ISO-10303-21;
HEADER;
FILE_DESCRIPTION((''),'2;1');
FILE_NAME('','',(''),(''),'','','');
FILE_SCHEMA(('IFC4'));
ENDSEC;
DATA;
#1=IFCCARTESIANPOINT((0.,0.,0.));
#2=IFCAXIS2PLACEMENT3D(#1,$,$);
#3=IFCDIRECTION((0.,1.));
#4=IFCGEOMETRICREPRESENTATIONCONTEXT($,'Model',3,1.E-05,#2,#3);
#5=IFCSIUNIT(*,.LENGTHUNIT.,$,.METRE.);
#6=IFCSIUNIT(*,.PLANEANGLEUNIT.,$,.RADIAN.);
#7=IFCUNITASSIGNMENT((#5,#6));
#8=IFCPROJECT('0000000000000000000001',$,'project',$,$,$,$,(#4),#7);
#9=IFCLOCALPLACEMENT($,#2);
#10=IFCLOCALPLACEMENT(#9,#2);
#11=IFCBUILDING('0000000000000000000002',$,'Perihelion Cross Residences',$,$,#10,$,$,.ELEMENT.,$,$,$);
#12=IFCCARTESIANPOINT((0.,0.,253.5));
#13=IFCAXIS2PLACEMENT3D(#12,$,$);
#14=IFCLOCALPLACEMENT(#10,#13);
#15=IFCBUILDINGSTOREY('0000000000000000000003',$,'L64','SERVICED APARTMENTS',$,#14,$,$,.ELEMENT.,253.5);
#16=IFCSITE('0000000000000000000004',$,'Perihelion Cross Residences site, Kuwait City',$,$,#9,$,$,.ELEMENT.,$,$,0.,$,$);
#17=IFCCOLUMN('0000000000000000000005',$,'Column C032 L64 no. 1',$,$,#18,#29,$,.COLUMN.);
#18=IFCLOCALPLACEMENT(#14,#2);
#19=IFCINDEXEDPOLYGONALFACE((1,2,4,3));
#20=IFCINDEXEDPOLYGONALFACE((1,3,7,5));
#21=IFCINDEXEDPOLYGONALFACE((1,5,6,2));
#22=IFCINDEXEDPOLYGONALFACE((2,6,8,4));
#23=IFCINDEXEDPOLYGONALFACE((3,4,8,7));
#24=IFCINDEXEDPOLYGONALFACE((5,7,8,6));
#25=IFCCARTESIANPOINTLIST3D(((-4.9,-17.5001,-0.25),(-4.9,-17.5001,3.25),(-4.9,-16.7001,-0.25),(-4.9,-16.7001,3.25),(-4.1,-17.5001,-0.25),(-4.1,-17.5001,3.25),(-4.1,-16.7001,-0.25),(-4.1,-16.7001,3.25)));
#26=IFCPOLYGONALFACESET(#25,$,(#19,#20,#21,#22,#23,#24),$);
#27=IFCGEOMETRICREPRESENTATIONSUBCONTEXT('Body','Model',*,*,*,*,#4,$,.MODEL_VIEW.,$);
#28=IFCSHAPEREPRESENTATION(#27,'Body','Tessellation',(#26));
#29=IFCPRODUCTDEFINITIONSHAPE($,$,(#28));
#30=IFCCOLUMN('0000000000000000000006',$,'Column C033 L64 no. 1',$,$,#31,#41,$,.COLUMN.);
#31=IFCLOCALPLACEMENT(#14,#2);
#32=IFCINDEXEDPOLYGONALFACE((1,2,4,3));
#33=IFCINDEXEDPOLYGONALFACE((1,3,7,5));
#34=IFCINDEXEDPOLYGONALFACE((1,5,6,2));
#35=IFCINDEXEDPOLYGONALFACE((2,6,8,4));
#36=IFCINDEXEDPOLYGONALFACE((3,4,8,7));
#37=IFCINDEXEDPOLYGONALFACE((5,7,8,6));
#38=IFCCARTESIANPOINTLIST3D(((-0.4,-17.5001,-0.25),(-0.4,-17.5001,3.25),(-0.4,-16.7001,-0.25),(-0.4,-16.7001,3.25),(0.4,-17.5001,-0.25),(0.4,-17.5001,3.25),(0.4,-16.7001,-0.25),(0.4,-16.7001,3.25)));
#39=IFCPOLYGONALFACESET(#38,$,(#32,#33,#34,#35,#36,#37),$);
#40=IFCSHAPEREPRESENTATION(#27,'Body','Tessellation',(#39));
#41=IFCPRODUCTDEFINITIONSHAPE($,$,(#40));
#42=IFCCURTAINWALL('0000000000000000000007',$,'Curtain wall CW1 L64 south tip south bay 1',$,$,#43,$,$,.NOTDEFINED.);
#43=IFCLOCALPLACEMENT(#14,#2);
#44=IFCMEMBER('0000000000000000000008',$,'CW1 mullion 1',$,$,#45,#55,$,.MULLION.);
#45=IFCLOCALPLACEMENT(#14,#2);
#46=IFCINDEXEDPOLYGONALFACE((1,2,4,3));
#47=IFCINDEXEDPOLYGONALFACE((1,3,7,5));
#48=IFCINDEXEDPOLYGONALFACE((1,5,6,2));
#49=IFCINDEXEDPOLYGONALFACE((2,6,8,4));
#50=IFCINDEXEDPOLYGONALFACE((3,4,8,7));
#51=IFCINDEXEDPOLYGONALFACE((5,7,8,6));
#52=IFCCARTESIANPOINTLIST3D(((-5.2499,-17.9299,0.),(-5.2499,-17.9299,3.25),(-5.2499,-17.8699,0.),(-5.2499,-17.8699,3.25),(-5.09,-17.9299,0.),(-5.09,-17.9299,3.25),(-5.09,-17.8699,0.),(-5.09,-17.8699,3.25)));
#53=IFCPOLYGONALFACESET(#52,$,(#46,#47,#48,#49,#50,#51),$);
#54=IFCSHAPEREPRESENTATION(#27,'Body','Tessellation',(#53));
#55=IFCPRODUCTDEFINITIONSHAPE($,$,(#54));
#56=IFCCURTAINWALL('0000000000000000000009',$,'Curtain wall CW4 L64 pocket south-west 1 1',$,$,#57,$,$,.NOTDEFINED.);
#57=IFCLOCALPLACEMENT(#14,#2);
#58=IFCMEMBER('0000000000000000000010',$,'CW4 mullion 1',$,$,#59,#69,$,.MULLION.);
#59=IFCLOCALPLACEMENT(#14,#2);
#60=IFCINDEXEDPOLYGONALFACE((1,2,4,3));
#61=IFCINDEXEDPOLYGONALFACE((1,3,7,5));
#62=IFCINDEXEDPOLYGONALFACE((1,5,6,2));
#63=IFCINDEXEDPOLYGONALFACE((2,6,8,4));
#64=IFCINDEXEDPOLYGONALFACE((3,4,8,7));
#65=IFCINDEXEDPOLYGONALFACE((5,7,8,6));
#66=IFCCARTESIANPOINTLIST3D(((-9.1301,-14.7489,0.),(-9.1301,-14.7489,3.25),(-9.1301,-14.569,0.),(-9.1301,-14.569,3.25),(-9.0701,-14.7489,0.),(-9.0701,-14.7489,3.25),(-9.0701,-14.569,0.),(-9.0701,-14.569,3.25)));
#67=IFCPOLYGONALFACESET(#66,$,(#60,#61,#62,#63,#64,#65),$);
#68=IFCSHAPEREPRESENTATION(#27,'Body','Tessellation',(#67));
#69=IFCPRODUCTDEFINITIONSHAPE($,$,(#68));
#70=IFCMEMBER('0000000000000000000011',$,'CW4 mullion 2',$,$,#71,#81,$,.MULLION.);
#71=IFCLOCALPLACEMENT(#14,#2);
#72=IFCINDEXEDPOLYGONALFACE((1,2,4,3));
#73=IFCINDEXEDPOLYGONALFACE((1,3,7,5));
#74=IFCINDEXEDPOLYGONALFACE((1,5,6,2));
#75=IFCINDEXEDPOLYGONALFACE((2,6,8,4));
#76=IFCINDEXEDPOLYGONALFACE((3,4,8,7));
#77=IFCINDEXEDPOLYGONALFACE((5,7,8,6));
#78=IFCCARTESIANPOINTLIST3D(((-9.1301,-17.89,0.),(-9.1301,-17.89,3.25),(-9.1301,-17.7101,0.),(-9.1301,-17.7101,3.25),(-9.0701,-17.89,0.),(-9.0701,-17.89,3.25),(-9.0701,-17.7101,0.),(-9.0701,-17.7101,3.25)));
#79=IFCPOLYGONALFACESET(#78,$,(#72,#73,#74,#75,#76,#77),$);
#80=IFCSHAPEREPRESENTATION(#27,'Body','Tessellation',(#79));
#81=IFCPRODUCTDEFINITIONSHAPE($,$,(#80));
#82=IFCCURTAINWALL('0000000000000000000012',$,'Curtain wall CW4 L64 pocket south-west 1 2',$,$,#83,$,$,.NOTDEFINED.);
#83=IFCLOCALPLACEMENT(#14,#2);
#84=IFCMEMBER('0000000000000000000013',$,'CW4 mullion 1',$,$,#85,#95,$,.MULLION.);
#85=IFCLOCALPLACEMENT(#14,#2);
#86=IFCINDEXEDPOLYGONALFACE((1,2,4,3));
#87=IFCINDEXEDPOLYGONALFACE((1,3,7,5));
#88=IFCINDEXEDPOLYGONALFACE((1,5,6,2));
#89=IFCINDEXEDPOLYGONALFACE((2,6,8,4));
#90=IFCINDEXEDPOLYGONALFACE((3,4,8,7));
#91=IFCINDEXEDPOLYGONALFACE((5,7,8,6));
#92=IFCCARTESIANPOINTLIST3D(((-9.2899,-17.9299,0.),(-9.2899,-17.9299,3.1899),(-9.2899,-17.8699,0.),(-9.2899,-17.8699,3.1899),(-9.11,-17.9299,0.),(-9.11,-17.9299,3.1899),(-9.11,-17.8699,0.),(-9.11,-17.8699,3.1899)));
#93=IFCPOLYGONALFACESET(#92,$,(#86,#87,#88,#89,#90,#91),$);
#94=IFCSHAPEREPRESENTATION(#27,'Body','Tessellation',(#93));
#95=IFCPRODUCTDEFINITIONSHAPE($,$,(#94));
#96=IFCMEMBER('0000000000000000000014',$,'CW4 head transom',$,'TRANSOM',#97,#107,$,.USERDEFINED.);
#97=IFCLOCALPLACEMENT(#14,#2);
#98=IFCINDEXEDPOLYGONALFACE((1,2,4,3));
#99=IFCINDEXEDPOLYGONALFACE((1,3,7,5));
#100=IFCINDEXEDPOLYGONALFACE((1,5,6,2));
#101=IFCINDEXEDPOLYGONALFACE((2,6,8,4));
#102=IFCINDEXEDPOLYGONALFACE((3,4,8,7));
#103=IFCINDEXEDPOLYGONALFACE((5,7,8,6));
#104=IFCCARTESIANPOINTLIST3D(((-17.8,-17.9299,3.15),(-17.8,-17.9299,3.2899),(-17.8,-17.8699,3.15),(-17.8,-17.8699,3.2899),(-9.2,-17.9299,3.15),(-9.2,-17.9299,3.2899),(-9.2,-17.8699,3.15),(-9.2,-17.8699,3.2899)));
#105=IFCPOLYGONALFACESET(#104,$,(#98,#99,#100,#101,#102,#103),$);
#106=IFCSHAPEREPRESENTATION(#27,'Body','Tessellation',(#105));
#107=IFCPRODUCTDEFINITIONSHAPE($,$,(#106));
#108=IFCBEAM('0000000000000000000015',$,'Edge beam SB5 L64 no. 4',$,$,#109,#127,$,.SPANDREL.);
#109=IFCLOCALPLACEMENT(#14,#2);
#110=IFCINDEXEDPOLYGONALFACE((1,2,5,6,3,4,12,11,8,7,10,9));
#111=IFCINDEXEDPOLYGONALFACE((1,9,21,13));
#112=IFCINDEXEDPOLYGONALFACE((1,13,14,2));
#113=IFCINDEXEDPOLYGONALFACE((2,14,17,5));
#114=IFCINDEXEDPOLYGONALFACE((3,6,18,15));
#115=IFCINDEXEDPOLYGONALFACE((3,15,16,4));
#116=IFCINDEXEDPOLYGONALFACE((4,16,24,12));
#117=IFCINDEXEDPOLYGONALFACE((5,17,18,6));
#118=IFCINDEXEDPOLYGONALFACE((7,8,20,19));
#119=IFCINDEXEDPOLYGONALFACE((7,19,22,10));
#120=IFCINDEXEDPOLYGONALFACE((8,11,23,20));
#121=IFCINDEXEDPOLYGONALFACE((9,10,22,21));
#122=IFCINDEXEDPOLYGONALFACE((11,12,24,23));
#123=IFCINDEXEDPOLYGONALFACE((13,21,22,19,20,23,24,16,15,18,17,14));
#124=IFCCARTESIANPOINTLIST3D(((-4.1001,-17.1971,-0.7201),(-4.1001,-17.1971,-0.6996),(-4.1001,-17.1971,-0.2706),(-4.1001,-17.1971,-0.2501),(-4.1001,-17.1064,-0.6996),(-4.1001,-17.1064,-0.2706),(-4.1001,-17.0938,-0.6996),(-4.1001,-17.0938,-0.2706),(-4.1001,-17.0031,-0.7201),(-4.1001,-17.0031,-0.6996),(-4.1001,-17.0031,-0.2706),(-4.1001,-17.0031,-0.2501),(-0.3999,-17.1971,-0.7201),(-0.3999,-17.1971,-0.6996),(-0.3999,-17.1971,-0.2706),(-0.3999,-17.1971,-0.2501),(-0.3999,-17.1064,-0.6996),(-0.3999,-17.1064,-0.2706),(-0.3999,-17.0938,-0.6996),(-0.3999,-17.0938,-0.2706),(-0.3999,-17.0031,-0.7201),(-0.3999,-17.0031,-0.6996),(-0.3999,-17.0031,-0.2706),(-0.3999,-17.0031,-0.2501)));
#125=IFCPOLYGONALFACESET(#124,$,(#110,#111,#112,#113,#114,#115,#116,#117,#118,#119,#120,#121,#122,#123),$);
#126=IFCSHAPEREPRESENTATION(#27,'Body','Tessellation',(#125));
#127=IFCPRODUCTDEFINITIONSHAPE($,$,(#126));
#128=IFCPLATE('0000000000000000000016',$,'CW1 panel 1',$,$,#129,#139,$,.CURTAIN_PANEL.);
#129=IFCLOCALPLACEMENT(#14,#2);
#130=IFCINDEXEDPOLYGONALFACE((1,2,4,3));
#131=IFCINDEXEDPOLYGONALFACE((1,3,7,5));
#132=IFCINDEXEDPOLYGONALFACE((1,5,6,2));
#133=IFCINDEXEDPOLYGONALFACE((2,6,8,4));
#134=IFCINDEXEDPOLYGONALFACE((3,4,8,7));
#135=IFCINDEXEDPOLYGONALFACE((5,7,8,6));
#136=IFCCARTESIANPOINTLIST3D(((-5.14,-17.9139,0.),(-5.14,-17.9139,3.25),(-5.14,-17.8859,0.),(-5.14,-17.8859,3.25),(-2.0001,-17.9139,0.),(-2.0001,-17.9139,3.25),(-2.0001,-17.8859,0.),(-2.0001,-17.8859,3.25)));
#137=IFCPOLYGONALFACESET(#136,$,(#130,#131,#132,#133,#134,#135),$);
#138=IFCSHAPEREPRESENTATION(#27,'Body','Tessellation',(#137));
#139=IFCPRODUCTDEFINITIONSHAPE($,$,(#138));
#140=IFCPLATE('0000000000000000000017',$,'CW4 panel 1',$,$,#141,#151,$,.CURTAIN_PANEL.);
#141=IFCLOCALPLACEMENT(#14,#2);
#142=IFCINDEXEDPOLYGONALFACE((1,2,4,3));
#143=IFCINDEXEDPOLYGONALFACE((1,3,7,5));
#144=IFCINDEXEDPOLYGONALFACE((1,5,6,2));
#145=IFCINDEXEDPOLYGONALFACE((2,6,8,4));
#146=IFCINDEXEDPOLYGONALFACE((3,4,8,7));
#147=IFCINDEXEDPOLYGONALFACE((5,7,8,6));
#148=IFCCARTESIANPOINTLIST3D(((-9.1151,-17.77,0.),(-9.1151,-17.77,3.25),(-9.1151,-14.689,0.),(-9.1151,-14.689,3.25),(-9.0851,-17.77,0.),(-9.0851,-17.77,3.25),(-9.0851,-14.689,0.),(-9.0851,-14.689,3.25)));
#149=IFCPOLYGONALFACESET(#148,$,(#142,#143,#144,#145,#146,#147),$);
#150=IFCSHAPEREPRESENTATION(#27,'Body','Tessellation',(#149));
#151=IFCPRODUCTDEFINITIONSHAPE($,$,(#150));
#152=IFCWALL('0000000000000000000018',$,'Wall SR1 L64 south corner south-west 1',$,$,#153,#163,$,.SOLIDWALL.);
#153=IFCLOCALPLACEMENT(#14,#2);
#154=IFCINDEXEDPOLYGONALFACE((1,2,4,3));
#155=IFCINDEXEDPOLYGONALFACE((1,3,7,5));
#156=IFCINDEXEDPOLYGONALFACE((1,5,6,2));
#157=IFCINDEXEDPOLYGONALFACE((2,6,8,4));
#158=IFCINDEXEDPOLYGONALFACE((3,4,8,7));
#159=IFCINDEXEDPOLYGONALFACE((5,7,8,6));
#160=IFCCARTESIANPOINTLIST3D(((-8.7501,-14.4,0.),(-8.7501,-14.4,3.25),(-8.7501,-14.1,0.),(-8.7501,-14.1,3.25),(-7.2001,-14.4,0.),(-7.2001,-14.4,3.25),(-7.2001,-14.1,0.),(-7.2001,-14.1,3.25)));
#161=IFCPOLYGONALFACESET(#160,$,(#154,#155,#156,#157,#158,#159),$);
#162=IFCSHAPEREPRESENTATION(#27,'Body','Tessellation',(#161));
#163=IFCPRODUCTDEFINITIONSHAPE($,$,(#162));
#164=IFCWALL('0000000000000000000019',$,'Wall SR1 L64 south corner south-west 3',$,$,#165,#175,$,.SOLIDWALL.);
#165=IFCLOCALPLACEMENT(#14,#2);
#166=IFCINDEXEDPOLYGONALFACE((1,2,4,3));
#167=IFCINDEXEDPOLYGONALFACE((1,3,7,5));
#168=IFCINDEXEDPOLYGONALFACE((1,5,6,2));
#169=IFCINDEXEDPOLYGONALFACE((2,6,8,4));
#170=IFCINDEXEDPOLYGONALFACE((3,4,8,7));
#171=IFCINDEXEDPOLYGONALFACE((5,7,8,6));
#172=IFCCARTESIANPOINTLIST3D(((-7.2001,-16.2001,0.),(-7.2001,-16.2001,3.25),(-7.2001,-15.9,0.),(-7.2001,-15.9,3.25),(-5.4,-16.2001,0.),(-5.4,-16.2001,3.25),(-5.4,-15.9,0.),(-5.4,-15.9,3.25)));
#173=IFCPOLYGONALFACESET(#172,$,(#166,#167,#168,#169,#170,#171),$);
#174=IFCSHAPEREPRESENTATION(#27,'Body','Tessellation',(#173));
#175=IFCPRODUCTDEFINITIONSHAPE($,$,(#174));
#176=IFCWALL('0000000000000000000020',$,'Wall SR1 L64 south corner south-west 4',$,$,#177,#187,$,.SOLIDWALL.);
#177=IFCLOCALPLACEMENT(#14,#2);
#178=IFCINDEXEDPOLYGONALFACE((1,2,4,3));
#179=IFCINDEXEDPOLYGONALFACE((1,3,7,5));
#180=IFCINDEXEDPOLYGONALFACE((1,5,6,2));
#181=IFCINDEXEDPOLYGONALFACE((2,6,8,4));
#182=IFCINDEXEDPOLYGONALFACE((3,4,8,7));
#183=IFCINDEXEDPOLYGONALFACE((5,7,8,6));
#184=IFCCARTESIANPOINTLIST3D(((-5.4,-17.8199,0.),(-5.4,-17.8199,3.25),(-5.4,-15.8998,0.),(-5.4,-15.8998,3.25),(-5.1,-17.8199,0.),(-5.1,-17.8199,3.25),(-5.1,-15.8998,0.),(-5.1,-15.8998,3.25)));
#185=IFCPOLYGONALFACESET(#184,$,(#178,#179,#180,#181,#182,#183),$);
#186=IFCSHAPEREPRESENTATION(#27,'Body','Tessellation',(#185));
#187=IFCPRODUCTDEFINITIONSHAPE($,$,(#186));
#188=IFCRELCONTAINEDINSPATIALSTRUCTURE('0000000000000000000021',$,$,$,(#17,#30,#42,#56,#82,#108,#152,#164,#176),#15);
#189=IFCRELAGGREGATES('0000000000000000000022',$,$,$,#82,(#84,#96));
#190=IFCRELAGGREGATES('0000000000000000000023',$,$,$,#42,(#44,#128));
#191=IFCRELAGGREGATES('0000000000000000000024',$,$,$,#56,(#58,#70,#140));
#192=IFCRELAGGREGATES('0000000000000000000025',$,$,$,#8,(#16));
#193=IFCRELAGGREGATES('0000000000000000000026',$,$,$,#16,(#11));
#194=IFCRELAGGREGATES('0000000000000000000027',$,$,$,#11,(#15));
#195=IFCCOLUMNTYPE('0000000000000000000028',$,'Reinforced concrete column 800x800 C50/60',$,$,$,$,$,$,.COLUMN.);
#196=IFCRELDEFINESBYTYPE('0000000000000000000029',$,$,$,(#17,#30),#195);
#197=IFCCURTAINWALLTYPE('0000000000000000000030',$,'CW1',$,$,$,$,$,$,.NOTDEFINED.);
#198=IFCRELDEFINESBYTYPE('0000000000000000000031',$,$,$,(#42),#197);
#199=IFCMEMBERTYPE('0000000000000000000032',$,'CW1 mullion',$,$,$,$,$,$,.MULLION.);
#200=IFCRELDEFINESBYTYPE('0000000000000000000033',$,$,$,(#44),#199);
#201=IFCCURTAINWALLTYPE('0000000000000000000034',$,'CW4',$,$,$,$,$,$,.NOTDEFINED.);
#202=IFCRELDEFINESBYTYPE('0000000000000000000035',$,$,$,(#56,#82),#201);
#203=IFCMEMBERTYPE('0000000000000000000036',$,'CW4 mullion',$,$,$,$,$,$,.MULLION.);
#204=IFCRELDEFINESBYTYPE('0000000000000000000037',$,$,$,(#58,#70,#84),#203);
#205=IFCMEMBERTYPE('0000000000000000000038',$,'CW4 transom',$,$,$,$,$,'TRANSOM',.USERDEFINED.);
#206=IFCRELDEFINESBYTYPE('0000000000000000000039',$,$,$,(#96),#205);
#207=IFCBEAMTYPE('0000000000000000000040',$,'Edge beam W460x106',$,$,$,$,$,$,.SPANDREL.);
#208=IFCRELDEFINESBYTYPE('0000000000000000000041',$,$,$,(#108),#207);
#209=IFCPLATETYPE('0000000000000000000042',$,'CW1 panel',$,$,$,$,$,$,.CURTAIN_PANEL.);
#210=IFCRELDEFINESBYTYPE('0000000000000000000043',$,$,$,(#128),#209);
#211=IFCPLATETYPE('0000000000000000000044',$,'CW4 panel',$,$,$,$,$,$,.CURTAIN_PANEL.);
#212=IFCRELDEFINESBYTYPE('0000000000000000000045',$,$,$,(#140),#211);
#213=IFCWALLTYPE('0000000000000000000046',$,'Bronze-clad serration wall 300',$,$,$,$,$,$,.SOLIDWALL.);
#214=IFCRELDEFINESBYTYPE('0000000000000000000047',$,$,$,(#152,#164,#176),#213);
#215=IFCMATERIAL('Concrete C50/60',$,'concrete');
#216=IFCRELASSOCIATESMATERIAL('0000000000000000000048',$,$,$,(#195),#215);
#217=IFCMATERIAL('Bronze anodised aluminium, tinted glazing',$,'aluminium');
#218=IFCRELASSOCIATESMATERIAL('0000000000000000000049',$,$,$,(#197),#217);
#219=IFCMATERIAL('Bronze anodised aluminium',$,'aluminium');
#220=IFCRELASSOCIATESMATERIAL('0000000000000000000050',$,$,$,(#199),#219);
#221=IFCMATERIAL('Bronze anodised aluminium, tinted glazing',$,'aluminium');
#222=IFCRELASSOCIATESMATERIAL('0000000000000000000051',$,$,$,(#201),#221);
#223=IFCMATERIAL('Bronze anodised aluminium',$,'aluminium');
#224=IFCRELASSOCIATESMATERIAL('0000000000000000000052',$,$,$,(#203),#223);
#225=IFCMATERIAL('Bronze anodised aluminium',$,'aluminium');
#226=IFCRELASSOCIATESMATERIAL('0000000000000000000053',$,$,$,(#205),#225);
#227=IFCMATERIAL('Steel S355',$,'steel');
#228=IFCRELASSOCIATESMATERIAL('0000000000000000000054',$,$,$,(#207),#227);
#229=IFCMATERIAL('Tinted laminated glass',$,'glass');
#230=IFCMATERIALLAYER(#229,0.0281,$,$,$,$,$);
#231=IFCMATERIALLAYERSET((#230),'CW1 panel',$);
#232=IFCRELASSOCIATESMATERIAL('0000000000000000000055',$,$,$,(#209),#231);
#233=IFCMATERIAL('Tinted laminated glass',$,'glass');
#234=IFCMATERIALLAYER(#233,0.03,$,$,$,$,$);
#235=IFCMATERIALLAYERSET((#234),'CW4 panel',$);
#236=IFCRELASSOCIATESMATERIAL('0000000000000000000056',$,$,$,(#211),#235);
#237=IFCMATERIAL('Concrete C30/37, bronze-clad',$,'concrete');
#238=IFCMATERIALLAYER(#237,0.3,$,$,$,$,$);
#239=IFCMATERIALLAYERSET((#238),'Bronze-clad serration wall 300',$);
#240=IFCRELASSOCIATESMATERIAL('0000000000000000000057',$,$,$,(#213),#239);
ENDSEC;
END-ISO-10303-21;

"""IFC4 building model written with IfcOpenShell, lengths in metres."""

from ifc_helpers import new_model, si_unit, direction, frame, frame_2d, origin, origin_2d, place, context, subcontext, project, spatial, rectangle, i_section, extrude, material, layer, layer_set, material_profile, profile_set, type_object, element, aggregate, save


model = new_model("IFC4")

# Units and contexts
model_context = context("Model", 3, precision=1e-05, world=origin(), true_north=direction((0.0, 1.0)))
body_context = subcontext(model_context, "Body", "Model", "MODEL_VIEW")
ifc_project = project(units=[si_unit("LENGTHUNIT", "METRE"), si_unit("PLANEANGLEUNIT", "RADIAN")], contexts=[model_context])

# Site, building, storey
site_placement = place(None, origin())
site = spatial("IfcSite", under=ifc_project, at=site_placement, Name="Perihelion Cross Residences site, Kuwait City", CompositionType="ELEMENT", RefElevation=0.0)
building_placement = place(site_placement, origin())
building = spatial("IfcBuilding", under=site, at=building_placement, Name="Perihelion Cross Residences", CompositionType="ELEMENT")
storey_placement = place(building_placement, frame((0.0, 0.0, 253.5)))
storey = spatial("IfcBuildingStorey", under=building, at=storey_placement, Name="L64", Description="SERVICED APARTMENTS", CompositionType="ELEMENT", Elevation=253.5)

# Columns
ifc_material_1 = material(Name="Concrete C50/60", Category="concrete")
ifc_material_profile_1 = material_profile(ifc_material_1, rectangle(XDim=0.8, YDim=0.8, at=origin_2d()), Name="RC 800x800")
ifc_profile_set_1 = profile_set([ifc_material_profile_1], Name="Concrete C50/60")
column_type = type_object("IfcColumnType", Name="Reinforced concrete column 800x800 C50/60", PredefinedType="COLUMN", material=ifc_profile_set_1)
for number, where, z_axis, x_axis, name in (
    (1, (-4.5, -17.1001, -0.25), (0.0, 0.0, 1.0), (1.0, 0.0, 0.0), "Column C032 L64 no. 1"),
    (2, (0.0, -17.1001, -0.25), (0.0, 0.0, 1.0), (1.0, 0.0, 0.0), "Column C033 L64 no. 1"),
):
    element("IfcColumn", number, at=place(storey_placement, frame(where, z_axis=z_axis, x_axis=x_axis)), inside=storey, type_object=column_type, Name=name, PredefinedType="COLUMN", context=body_context, shape_type="SweptSolid", body=[
        extrude(rectangle(XDim=0.8, YDim=0.8, at=origin_2d()), origin(), (0.0, 0.0, 1.0), 3.5),
    ])

# Curtain wall, member
ifc_material_2 = material(Name="Bronze anodised aluminium, tinted glazing", Category="aluminium")
curtain_wall_type_1 = type_object("IfcCurtainWallType", Name="CW1", PredefinedType="NOTDEFINED", material=ifc_material_2)
curtain_wall_1_placement = place(storey_placement, origin())
curtain_wall_1 = element("IfcCurtainWall", 3, at=curtain_wall_1_placement, inside=storey, type_object=curtain_wall_type_1, Name="Curtain wall CW1 L64 south tip south bay 1", PredefinedType="NOTDEFINED")
ifc_material_3 = material(Name="Bronze anodised aluminium", Category="aluminium")
ifc_material_profile_2 = material_profile(ifc_material_3, rectangle(XDim=0.0601, YDim=0.1599, at=origin_2d()), Name="CW1 mullion")
ifc_profile_set_2 = profile_set([ifc_material_profile_2], Name="Bronze anodised aluminium")
member_type_1 = type_object("IfcMemberType", Name="CW1 mullion", PredefinedType="MULLION", material=ifc_profile_set_2)
member_1_placement = place(storey_placement, frame((-5.1699, -17.8999, 0.0), z_axis=(0.0, 0.0, 1.0), x_axis=(0.0, 1.0, 0.0)))
member_1 = element("IfcMember", 4, at=member_1_placement, type_object=member_type_1, Name="CW1 mullion 1", PredefinedType="MULLION", context=body_context, shape_type="SweptSolid", body=[
    extrude(rectangle(XDim=0.0601, YDim=0.1599, at=origin_2d()), origin(), (0.0, 0.0, 1.0), 3.25),
])

# Curtain walls, members
ifc_material_4 = material(Name="Bronze anodised aluminium, tinted glazing", Category="aluminium")
curtain_wall_type_2 = type_object("IfcCurtainWallType", Name="CW4", PredefinedType="NOTDEFINED", material=ifc_material_4)
curtain_wall_2_placement = place(storey_placement, origin())
curtain_wall_2 = element("IfcCurtainWall", 5, at=curtain_wall_2_placement, inside=storey, type_object=curtain_wall_type_2, Name="Curtain wall CW4 L64 pocket south-west 1 1", PredefinedType="NOTDEFINED")
ifc_material_5 = material(Name="Bronze anodised aluminium", Category="aluminium")
ifc_material_profile_3 = material_profile(ifc_material_5, rectangle(XDim=0.0601, YDim=0.1799, at=origin_2d()), Name="CW4 mullion")
ifc_profile_set_3 = profile_set([ifc_material_profile_3], Name="Bronze anodised aluminium")
member_type_2 = type_object("IfcMemberType", Name="CW4 mullion", PredefinedType="MULLION", material=ifc_profile_set_3)
member_2_placement = place(storey_placement, frame((-9.1001, -14.6589, 0.0), z_axis=(0.0, 0.0, 1.0), x_axis=(1.0, 0.0, 0.0)))
member_2 = element("IfcMember", 6, at=member_2_placement, type_object=member_type_2, Name="CW4 mullion 1", PredefinedType="MULLION", context=body_context, shape_type="SweptSolid", body=[
    extrude(rectangle(XDim=0.0601, YDim=0.1799, at=origin_2d()), origin(), (0.0, 0.0, 1.0), 3.25),
])
member_3_placement = place(storey_placement, frame((-9.1001, -17.8, 0.0), z_axis=(0.0, 0.0, 1.0), x_axis=(1.0, 0.0, 0.0)))
member_3 = element("IfcMember", 7, at=member_3_placement, type_object=member_type_2, Name="CW4 mullion 2", PredefinedType="MULLION", context=body_context, shape_type="SweptSolid", body=[
    extrude(rectangle(XDim=0.0601, YDim=0.1799, at=origin_2d()), origin(), (0.0, 0.0, 1.0), 3.25),
])
curtain_wall_3_placement = place(storey_placement, origin())
curtain_wall_3 = element("IfcCurtainWall", 8, at=curtain_wall_3_placement, inside=storey, type_object=curtain_wall_type_2, Name="Curtain wall CW4 L64 pocket south-west 1 2", PredefinedType="NOTDEFINED")
member_4_placement = place(storey_placement, frame((-9.2, -17.8999, 0.0), z_axis=(0.0, 0.0, 1.0), x_axis=(0.0, -1.0, 0.0)))
member_4 = element("IfcMember", 9, at=member_4_placement, type_object=member_type_2, Name="CW4 mullion 1", PredefinedType="MULLION", context=body_context, shape_type="SweptSolid", body=[
    extrude(rectangle(XDim=0.0601, YDim=0.1799, at=origin_2d()), origin(), (0.0, 0.0, 1.0), 3.1899),
])
ifc_material_6 = material(Name="Bronze anodised aluminium", Category="aluminium")
ifc_material_profile_4 = material_profile(ifc_material_6, rectangle(XDim=0.0601, YDim=0.1399, at=origin_2d()), Name="CW4 transom")
ifc_profile_set_4 = profile_set([ifc_material_profile_4], Name="Bronze anodised aluminium")
member_type_3 = type_object("IfcMemberType", Name="CW4 transom", ElementType="TRANSOM", PredefinedType="USERDEFINED", material=ifc_profile_set_4)
member_5_placement = place(storey_placement, frame((-9.2, -17.8999, 3.22), z_axis=(-1.0, 0.0, 0.0), x_axis=(0.0, -1.0, 0.0)))
member_5 = element("IfcMember", 10, at=member_5_placement, type_object=member_type_3, Name="CW4 head transom", ObjectType="TRANSOM", PredefinedType="USERDEFINED", context=body_context, shape_type="SweptSolid", body=[
    extrude(rectangle(XDim=0.0601, YDim=0.1399, at=origin_2d()), origin(), (0.0, 0.0, 1.0), 8.6001),
])
aggregate(curtain_wall_3, [member_4, member_5])

# Beam
ifc_material_7 = material(Name="Steel S355", Category="steel")
ifc_material_profile_5 = material_profile(ifc_material_7, i_section(OverallWidth=0.1941, OverallDepth=0.47, WebThickness=0.0127, FlangeThickness=0.0205, at=origin_2d()), Name="W460x106")
ifc_profile_set_5 = profile_set([ifc_material_profile_5], Name="Steel S355")
beam_type = type_object("IfcBeamType", Name="Edge beam W460x106", PredefinedType="SPANDREL", material=ifc_profile_set_5)
beam_placement = place(storey_placement, frame((-4.1001, -17.1001, -0.4851), z_axis=(1.0, 0.0, 0.0), x_axis=(0.0, 1.0, 0.0)))
element("IfcBeam", 11, at=beam_placement, inside=storey, type_object=beam_type, Name="Edge beam SB5 L64 no. 4", PredefinedType="SPANDREL", context=body_context, shape_type="SweptSolid", body=[
    extrude(i_section(OverallWidth=0.1941, OverallDepth=0.47, WebThickness=0.0127, FlangeThickness=0.0205, at=origin_2d()), origin(), (0.0, 0.0, 1.0), 3.7002),
])

# Plates
ifc_material_8 = material(Name="Tinted laminated glass", Category="glass")
ifc_layer_1 = layer(ifc_material_8, 0.0281)
ifc_layer_set_1 = layer_set([ifc_layer_1], Name="CW1 panel")
plate_type_1 = type_object("IfcPlateType", Name="CW1 panel", PredefinedType="CURTAIN_PANEL", material=ifc_layer_set_1)
plate_1_placement = place(storey_placement, frame((-3.5701, -17.8999, 0.0), z_axis=(0.0, 0.0, 1.0), x_axis=(1.0, 0.0, 0.0)))
plate_1 = element("IfcPlate", 12, at=plate_1_placement, type_object=plate_type_1, Name="CW1 panel 1", PredefinedType="CURTAIN_PANEL", context=body_context, shape_type="SweptSolid", body=[
    extrude(rectangle(XDim=3.1399, YDim=0.0281, at=origin_2d()), origin(), (0.0, 0.0, 1.0), 3.25),
])
aggregate(curtain_wall_1, [member_1, plate_1])
ifc_material_9 = material(Name="Tinted laminated glass", Category="glass")
ifc_layer_2 = layer(ifc_material_9, 0.03)
ifc_layer_set_2 = layer_set([ifc_layer_2], Name="CW4 panel")
plate_type_2 = type_object("IfcPlateType", Name="CW4 panel", PredefinedType="CURTAIN_PANEL", material=ifc_layer_set_2)
plate_2_placement = place(storey_placement, frame((-9.1001, -16.2295, 0.0), z_axis=(0.0, 0.0, 1.0), x_axis=(0.0, -1.0, 0.0)))
plate_2 = element("IfcPlate", 13, at=plate_2_placement, type_object=plate_type_2, Name="CW4 panel 1", PredefinedType="CURTAIN_PANEL", context=body_context, shape_type="SweptSolid", body=[
    extrude(rectangle(XDim=3.0811, YDim=0.03, at=origin_2d()), origin(), (0.0, 0.0, 1.0), 3.25),
])
aggregate(curtain_wall_2, [member_2, member_3, plate_2])

# Walls
ifc_material_10 = material(Name="Concrete C30/37, bronze-clad", Category="concrete")
ifc_layer_3 = layer(ifc_material_10, 0.3)
ifc_layer_set_3 = layer_set([ifc_layer_3], Name="Bronze-clad serration wall 300")
wall_type_1 = type_object("IfcWallType", Name="Bronze-clad serration wall 300", PredefinedType="SOLIDWALL", material=ifc_layer_set_3)
wall_1_placement = place(storey_placement, frame((-8.75, -14.25, 0.0), z_axis=(0.0, 0.0, 1.0), x_axis=(1.0, 0.0, 0.0)))
element("IfcWall", 14, at=wall_1_placement, inside=storey, type_object=wall_type_1, Name="Wall SR1 L64 south corner south-west 1", PredefinedType="SOLIDWALL", context=body_context, shape_type="SweptSolid", body=[
    extrude(rectangle(XDim=1.55, YDim=0.3, at=frame_2d((0.7749, 0.0))), origin(), (0.0, 0.0, 1.0), 3.25),
])
wall_2_placement = place(storey_placement, frame((-7.2, -16.05, 0.0), z_axis=(0.0, 0.0, 1.0), x_axis=(1.0, 0.0, 0.0)))
element("IfcWall", 15, at=wall_2_placement, inside=storey, type_object=wall_type_1, Name="Wall SR1 L64 south corner south-west 3", PredefinedType="SOLIDWALL", context=body_context, shape_type="SweptSolid", body=[
    extrude(rectangle(XDim=1.8, YDim=0.3, at=frame_2d((0.8999, 0.0))), origin(), (0.0, 0.0, 1.0), 3.25),
])
wall_3_placement = place(storey_placement, frame((-5.25, -15.8999, 0.0), z_axis=(0.0, 0.0, 1.0), x_axis=(0.0, -1.0, 0.0)))
element("IfcWall", 16, at=wall_3_placement, inside=storey, type_object=wall_type_1, Name="Wall SR1 L64 south corner south-west 4", PredefinedType="SOLIDWALL", context=body_context, shape_type="SweptSolid", body=[
    extrude(rectangle(XDim=1.9202, YDim=0.3, at=frame_2d((0.96, 0.0))), origin(), (0.0, 0.0, 1.0), 3.25),
])

save(model, "model.ifc")
